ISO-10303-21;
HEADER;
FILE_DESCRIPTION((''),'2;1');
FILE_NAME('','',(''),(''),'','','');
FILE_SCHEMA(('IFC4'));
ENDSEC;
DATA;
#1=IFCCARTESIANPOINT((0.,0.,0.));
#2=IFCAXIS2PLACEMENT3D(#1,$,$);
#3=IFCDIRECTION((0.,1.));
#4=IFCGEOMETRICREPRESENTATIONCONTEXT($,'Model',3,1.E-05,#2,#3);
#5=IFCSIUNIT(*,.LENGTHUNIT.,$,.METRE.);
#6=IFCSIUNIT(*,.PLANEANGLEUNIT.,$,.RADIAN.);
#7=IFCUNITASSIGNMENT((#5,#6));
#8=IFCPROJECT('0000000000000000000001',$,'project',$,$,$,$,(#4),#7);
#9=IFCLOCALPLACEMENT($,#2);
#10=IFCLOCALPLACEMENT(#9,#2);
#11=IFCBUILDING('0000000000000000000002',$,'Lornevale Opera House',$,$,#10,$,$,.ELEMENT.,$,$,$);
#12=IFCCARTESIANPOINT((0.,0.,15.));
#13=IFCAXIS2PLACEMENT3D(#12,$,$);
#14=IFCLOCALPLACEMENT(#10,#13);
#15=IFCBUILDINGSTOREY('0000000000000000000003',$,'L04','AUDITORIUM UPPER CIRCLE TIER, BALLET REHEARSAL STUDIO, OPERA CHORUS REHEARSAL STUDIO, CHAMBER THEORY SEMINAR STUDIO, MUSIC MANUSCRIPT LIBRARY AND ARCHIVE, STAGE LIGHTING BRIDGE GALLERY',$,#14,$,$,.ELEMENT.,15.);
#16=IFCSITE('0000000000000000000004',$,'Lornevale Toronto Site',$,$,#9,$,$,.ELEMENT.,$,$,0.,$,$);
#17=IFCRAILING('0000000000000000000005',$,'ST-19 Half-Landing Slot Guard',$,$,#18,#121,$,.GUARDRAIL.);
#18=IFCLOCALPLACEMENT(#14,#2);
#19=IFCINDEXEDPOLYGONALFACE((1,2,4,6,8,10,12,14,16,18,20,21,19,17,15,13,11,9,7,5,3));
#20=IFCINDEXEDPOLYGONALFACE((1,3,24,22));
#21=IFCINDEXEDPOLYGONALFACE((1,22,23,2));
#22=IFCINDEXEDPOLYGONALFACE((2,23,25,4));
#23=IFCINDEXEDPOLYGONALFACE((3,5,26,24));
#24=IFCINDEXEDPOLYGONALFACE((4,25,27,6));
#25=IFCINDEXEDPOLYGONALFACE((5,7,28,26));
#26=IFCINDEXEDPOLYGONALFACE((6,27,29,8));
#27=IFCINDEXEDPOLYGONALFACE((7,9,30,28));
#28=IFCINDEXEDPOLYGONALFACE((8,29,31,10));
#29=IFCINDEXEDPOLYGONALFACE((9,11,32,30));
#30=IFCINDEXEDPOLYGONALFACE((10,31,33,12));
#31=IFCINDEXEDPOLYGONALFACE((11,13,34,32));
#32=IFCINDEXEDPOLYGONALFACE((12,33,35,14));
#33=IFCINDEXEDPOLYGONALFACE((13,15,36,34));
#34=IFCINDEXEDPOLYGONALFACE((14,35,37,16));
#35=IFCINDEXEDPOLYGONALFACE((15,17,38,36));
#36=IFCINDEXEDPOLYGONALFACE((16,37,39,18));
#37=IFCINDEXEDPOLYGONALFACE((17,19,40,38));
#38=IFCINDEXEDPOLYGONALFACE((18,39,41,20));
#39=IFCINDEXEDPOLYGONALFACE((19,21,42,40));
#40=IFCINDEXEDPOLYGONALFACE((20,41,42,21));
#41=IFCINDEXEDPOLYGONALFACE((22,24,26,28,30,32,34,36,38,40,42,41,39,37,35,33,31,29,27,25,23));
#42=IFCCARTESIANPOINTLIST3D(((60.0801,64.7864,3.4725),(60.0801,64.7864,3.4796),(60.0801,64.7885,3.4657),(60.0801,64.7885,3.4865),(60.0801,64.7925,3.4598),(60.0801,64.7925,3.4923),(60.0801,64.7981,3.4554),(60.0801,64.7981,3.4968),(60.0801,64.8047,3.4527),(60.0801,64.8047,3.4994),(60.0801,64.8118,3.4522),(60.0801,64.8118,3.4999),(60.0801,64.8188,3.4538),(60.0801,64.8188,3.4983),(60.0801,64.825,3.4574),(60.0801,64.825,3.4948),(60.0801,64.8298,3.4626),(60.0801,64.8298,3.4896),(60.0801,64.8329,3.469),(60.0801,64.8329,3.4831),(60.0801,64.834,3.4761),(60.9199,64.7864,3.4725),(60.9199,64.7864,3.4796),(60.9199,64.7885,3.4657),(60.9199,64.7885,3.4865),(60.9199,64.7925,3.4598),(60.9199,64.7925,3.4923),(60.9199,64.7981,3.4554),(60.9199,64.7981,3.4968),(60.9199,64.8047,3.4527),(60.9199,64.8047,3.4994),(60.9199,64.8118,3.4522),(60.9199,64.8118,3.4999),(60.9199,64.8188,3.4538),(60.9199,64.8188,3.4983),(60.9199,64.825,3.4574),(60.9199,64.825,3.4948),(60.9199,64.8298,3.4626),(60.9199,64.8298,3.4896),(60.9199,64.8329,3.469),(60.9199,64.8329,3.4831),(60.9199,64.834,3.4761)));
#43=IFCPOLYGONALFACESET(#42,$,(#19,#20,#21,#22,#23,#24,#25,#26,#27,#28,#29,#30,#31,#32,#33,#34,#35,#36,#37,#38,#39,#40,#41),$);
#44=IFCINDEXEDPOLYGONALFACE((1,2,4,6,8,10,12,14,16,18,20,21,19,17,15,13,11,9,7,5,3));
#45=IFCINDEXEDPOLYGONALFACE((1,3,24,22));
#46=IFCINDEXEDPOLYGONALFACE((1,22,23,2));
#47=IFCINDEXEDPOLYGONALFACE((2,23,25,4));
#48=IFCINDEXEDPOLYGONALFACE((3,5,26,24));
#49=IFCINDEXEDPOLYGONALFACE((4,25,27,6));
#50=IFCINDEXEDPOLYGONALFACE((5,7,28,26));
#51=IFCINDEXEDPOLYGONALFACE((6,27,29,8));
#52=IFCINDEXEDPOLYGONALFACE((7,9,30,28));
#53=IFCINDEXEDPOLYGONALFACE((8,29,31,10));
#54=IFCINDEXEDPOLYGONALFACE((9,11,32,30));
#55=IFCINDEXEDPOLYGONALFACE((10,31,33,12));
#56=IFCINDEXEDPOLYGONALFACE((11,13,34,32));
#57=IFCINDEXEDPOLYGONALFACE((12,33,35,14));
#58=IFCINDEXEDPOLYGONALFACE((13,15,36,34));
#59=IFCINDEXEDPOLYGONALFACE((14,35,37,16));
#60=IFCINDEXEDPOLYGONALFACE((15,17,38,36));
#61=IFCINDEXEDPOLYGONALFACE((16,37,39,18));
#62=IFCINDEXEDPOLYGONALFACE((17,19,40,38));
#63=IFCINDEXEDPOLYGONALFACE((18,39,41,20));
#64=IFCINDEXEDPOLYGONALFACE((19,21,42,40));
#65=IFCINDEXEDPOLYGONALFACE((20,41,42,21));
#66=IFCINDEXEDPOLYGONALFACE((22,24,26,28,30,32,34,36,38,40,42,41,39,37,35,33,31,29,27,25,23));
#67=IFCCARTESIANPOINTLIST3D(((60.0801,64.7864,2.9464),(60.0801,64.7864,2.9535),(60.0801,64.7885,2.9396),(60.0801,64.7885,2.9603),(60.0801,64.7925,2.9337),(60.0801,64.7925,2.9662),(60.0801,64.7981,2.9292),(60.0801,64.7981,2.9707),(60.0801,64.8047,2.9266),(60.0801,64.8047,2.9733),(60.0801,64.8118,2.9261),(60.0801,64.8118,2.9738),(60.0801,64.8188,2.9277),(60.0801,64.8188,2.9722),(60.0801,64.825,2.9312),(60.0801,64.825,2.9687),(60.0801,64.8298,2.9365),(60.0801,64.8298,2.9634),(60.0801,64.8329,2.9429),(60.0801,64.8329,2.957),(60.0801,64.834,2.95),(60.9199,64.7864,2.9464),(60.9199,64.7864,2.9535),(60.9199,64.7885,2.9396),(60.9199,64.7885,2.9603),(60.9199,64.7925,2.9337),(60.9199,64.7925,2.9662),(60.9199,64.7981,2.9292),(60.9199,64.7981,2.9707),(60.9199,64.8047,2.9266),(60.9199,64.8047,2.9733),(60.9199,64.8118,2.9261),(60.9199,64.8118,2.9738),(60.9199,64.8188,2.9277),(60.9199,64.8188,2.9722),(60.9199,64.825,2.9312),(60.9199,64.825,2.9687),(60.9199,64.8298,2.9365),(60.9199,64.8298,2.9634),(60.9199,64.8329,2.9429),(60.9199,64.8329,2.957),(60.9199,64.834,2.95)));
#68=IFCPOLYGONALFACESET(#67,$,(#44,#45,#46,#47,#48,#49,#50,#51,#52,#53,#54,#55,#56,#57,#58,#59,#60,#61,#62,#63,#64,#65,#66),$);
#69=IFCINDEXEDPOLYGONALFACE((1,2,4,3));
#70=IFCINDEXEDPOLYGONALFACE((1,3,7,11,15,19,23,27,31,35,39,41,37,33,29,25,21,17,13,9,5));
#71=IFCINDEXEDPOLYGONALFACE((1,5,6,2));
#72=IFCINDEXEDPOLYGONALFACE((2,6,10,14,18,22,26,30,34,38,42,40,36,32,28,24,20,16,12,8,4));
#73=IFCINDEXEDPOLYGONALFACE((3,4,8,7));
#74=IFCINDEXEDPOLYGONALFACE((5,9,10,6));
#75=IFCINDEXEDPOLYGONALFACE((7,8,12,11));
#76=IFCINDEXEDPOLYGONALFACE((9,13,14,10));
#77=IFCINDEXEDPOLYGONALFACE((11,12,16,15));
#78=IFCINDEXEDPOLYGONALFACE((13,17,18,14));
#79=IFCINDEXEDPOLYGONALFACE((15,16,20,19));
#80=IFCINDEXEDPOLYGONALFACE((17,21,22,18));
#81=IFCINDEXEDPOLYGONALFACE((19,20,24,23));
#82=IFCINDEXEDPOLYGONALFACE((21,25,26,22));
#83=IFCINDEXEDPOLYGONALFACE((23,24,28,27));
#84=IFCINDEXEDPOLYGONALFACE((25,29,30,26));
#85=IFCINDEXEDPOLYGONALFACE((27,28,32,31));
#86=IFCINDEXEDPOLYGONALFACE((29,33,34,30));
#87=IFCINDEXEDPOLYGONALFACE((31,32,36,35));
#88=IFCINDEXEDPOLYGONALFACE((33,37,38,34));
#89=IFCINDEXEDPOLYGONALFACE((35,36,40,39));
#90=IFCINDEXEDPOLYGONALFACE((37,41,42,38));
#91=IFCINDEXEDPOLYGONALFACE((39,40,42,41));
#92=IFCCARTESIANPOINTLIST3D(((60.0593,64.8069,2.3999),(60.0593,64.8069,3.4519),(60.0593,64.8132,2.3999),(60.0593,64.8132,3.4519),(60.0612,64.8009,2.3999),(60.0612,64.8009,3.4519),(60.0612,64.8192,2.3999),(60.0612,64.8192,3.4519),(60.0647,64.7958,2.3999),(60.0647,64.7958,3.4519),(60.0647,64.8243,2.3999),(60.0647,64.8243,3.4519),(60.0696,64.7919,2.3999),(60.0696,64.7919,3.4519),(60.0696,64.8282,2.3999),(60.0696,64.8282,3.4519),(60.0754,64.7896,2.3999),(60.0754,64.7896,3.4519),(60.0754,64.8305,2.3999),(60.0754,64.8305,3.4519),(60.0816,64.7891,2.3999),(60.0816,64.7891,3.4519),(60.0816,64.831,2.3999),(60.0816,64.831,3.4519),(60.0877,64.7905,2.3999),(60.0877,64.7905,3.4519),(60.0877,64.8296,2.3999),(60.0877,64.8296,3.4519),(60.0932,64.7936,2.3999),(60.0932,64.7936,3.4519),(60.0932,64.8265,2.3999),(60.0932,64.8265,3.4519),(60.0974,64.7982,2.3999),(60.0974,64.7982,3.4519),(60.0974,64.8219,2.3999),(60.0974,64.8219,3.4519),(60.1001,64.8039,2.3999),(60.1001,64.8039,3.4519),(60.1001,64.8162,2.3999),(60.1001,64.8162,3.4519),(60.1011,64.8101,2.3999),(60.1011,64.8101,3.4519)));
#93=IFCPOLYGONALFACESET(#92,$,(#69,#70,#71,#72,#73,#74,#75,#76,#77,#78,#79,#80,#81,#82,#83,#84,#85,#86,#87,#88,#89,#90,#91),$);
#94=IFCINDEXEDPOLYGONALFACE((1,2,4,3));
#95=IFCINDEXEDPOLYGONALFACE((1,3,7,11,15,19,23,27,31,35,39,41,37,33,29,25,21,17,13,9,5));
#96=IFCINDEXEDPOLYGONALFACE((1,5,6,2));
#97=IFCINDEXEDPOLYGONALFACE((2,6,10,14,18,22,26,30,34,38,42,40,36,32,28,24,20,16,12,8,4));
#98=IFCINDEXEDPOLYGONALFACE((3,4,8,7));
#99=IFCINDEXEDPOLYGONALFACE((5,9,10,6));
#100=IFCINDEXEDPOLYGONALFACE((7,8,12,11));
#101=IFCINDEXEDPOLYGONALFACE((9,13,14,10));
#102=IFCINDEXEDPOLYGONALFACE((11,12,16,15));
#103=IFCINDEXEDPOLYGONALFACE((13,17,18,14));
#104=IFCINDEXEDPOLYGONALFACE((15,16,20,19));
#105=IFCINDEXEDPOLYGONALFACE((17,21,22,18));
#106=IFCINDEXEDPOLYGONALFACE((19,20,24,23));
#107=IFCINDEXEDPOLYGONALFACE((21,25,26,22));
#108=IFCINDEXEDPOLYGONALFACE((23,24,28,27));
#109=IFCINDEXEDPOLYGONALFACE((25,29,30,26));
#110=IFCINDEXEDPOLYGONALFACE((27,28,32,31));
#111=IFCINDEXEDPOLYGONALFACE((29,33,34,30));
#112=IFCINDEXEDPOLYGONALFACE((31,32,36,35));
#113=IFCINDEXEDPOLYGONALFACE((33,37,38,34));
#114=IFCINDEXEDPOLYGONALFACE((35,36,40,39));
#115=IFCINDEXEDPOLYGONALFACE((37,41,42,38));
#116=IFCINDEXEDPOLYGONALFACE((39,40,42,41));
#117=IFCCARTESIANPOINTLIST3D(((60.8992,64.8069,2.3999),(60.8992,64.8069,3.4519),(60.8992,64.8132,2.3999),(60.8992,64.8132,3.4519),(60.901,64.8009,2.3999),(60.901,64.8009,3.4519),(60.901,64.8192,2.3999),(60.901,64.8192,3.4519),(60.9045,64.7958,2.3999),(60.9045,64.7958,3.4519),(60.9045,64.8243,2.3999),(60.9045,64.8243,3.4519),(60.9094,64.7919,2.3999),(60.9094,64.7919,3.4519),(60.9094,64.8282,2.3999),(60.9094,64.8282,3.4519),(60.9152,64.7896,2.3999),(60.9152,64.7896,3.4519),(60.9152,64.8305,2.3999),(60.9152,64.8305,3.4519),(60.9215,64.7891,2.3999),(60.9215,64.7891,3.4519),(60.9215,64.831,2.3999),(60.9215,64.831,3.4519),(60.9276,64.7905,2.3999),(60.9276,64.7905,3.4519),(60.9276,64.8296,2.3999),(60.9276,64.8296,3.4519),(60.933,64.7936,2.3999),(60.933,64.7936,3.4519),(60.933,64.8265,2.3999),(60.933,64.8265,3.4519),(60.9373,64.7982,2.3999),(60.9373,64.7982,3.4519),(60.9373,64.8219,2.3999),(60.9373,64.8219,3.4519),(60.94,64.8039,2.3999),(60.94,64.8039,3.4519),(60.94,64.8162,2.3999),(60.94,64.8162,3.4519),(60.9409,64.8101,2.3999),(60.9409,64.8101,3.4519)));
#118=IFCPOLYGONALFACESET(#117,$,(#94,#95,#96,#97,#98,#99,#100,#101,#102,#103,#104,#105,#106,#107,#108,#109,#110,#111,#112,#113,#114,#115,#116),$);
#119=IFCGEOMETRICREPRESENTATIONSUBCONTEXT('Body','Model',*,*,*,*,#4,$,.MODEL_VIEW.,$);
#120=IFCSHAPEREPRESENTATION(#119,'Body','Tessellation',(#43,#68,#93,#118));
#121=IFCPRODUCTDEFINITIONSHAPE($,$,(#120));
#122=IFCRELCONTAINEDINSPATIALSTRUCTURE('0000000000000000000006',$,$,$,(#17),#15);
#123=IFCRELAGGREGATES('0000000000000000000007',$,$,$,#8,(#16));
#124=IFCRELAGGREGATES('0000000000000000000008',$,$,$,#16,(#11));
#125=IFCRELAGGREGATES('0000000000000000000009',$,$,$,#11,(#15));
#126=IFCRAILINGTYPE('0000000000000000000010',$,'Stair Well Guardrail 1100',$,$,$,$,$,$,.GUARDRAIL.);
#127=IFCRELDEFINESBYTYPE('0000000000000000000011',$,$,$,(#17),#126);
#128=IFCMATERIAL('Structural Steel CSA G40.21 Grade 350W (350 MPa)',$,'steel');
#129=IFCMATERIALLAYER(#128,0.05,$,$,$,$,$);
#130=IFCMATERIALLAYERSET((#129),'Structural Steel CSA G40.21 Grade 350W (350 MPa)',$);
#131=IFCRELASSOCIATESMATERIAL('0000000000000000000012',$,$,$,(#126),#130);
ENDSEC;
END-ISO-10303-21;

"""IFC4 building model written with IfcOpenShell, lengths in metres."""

from ifc_helpers import new_model, si_unit, direction, frame, origin, origin_2d, place, context, subcontext, project, spatial, circle, extrude, material, layer, layer_set, type_object, element, save


model = new_model("IFC4")

# Units and contexts
model_context = context("Model", 3, precision=1e-05, world=origin(), true_north=direction((0.0, 1.0)))
body_context = subcontext(model_context, "Body", "Model", "MODEL_VIEW")
ifc_project = project(units=[si_unit("LENGTHUNIT", "METRE"), si_unit("PLANEANGLEUNIT", "RADIAN")], contexts=[model_context])

# Site, building, storey
site_placement = place(None, origin())
site = spatial("IfcSite", under=ifc_project, at=site_placement, Name="Lornevale Toronto Site", CompositionType="ELEMENT", RefElevation=0.0)
building_placement = place(site_placement, origin())
building = spatial("IfcBuilding", under=site, at=building_placement, Name="Lornevale Opera House", CompositionType="ELEMENT")
storey_placement = place(building_placement, frame((0.0, 0.0, 15.0)))
storey = spatial("IfcBuildingStorey", under=building, at=storey_placement, Name="L04", Description="AUDITORIUM UPPER CIRCLE TIER, BALLET REHEARSAL STUDIO, OPERA CHORUS REHEARSAL STUDIO, CHAMBER THEORY SEMINAR STUDIO, MUSIC MANUSCRIPT LIBRARY AND ARCHIVE, STAGE LIGHTING BRIDGE GALLERY", CompositionType="ELEMENT", Elevation=15.0)

# Shared definitions
ifc_material_1 = material(Name="Structural Steel CSA G40.21 Grade 350W (350 MPa)", Category="steel")

# Railing
ifc_layer_1 = layer(ifc_material_1, 0.05)
ifc_layer_set_1 = layer_set([ifc_layer_1], Name="Structural Steel CSA G40.21 Grade 350W (350 MPa)")
railing_type_1 = type_object("IfcRailingType", Name="Stair Well Guardrail 1100", PredefinedType="GUARDRAIL", material=ifc_layer_set_1)
railing_1_placement = place(storey_placement, frame((60.0801, 64.8101, 2.3999)))
element("IfcRailing", 1, at=railing_1_placement, inside=storey, type_object=railing_type_1, Name="ST-19 Half-Landing Slot Guard", PredefinedType="GUARDRAIL", context=body_context, shape_type="SweptSolid", body=[
    extrude(circle(Radius=0.0239, at=origin_2d()), frame((0.0, 0.0, 1.0762), z_axis=(1.0, 0.0, 0.0), x_axis=(0.0, 1.0, 0.0)), (0.0, 0.0, 1.0), 0.8398),
    extrude(circle(Radius=0.0239, at=origin_2d()), frame((0.0, 0.0, 0.55), z_axis=(1.0, 0.0, 0.0), x_axis=(0.0, 1.0, 0.0)), (0.0, 0.0, 1.0), 0.8398),
    extrude(circle(Radius=0.021, at=origin_2d()), origin(), (0.0, 0.0, 1.0), 1.052),
    extrude(circle(Radius=0.021, at=origin_2d()), frame((0.8398, 0.0, 0.0)), (0.0, 0.0, 1.0), 1.052),
])

save(model, "model.ifc")
